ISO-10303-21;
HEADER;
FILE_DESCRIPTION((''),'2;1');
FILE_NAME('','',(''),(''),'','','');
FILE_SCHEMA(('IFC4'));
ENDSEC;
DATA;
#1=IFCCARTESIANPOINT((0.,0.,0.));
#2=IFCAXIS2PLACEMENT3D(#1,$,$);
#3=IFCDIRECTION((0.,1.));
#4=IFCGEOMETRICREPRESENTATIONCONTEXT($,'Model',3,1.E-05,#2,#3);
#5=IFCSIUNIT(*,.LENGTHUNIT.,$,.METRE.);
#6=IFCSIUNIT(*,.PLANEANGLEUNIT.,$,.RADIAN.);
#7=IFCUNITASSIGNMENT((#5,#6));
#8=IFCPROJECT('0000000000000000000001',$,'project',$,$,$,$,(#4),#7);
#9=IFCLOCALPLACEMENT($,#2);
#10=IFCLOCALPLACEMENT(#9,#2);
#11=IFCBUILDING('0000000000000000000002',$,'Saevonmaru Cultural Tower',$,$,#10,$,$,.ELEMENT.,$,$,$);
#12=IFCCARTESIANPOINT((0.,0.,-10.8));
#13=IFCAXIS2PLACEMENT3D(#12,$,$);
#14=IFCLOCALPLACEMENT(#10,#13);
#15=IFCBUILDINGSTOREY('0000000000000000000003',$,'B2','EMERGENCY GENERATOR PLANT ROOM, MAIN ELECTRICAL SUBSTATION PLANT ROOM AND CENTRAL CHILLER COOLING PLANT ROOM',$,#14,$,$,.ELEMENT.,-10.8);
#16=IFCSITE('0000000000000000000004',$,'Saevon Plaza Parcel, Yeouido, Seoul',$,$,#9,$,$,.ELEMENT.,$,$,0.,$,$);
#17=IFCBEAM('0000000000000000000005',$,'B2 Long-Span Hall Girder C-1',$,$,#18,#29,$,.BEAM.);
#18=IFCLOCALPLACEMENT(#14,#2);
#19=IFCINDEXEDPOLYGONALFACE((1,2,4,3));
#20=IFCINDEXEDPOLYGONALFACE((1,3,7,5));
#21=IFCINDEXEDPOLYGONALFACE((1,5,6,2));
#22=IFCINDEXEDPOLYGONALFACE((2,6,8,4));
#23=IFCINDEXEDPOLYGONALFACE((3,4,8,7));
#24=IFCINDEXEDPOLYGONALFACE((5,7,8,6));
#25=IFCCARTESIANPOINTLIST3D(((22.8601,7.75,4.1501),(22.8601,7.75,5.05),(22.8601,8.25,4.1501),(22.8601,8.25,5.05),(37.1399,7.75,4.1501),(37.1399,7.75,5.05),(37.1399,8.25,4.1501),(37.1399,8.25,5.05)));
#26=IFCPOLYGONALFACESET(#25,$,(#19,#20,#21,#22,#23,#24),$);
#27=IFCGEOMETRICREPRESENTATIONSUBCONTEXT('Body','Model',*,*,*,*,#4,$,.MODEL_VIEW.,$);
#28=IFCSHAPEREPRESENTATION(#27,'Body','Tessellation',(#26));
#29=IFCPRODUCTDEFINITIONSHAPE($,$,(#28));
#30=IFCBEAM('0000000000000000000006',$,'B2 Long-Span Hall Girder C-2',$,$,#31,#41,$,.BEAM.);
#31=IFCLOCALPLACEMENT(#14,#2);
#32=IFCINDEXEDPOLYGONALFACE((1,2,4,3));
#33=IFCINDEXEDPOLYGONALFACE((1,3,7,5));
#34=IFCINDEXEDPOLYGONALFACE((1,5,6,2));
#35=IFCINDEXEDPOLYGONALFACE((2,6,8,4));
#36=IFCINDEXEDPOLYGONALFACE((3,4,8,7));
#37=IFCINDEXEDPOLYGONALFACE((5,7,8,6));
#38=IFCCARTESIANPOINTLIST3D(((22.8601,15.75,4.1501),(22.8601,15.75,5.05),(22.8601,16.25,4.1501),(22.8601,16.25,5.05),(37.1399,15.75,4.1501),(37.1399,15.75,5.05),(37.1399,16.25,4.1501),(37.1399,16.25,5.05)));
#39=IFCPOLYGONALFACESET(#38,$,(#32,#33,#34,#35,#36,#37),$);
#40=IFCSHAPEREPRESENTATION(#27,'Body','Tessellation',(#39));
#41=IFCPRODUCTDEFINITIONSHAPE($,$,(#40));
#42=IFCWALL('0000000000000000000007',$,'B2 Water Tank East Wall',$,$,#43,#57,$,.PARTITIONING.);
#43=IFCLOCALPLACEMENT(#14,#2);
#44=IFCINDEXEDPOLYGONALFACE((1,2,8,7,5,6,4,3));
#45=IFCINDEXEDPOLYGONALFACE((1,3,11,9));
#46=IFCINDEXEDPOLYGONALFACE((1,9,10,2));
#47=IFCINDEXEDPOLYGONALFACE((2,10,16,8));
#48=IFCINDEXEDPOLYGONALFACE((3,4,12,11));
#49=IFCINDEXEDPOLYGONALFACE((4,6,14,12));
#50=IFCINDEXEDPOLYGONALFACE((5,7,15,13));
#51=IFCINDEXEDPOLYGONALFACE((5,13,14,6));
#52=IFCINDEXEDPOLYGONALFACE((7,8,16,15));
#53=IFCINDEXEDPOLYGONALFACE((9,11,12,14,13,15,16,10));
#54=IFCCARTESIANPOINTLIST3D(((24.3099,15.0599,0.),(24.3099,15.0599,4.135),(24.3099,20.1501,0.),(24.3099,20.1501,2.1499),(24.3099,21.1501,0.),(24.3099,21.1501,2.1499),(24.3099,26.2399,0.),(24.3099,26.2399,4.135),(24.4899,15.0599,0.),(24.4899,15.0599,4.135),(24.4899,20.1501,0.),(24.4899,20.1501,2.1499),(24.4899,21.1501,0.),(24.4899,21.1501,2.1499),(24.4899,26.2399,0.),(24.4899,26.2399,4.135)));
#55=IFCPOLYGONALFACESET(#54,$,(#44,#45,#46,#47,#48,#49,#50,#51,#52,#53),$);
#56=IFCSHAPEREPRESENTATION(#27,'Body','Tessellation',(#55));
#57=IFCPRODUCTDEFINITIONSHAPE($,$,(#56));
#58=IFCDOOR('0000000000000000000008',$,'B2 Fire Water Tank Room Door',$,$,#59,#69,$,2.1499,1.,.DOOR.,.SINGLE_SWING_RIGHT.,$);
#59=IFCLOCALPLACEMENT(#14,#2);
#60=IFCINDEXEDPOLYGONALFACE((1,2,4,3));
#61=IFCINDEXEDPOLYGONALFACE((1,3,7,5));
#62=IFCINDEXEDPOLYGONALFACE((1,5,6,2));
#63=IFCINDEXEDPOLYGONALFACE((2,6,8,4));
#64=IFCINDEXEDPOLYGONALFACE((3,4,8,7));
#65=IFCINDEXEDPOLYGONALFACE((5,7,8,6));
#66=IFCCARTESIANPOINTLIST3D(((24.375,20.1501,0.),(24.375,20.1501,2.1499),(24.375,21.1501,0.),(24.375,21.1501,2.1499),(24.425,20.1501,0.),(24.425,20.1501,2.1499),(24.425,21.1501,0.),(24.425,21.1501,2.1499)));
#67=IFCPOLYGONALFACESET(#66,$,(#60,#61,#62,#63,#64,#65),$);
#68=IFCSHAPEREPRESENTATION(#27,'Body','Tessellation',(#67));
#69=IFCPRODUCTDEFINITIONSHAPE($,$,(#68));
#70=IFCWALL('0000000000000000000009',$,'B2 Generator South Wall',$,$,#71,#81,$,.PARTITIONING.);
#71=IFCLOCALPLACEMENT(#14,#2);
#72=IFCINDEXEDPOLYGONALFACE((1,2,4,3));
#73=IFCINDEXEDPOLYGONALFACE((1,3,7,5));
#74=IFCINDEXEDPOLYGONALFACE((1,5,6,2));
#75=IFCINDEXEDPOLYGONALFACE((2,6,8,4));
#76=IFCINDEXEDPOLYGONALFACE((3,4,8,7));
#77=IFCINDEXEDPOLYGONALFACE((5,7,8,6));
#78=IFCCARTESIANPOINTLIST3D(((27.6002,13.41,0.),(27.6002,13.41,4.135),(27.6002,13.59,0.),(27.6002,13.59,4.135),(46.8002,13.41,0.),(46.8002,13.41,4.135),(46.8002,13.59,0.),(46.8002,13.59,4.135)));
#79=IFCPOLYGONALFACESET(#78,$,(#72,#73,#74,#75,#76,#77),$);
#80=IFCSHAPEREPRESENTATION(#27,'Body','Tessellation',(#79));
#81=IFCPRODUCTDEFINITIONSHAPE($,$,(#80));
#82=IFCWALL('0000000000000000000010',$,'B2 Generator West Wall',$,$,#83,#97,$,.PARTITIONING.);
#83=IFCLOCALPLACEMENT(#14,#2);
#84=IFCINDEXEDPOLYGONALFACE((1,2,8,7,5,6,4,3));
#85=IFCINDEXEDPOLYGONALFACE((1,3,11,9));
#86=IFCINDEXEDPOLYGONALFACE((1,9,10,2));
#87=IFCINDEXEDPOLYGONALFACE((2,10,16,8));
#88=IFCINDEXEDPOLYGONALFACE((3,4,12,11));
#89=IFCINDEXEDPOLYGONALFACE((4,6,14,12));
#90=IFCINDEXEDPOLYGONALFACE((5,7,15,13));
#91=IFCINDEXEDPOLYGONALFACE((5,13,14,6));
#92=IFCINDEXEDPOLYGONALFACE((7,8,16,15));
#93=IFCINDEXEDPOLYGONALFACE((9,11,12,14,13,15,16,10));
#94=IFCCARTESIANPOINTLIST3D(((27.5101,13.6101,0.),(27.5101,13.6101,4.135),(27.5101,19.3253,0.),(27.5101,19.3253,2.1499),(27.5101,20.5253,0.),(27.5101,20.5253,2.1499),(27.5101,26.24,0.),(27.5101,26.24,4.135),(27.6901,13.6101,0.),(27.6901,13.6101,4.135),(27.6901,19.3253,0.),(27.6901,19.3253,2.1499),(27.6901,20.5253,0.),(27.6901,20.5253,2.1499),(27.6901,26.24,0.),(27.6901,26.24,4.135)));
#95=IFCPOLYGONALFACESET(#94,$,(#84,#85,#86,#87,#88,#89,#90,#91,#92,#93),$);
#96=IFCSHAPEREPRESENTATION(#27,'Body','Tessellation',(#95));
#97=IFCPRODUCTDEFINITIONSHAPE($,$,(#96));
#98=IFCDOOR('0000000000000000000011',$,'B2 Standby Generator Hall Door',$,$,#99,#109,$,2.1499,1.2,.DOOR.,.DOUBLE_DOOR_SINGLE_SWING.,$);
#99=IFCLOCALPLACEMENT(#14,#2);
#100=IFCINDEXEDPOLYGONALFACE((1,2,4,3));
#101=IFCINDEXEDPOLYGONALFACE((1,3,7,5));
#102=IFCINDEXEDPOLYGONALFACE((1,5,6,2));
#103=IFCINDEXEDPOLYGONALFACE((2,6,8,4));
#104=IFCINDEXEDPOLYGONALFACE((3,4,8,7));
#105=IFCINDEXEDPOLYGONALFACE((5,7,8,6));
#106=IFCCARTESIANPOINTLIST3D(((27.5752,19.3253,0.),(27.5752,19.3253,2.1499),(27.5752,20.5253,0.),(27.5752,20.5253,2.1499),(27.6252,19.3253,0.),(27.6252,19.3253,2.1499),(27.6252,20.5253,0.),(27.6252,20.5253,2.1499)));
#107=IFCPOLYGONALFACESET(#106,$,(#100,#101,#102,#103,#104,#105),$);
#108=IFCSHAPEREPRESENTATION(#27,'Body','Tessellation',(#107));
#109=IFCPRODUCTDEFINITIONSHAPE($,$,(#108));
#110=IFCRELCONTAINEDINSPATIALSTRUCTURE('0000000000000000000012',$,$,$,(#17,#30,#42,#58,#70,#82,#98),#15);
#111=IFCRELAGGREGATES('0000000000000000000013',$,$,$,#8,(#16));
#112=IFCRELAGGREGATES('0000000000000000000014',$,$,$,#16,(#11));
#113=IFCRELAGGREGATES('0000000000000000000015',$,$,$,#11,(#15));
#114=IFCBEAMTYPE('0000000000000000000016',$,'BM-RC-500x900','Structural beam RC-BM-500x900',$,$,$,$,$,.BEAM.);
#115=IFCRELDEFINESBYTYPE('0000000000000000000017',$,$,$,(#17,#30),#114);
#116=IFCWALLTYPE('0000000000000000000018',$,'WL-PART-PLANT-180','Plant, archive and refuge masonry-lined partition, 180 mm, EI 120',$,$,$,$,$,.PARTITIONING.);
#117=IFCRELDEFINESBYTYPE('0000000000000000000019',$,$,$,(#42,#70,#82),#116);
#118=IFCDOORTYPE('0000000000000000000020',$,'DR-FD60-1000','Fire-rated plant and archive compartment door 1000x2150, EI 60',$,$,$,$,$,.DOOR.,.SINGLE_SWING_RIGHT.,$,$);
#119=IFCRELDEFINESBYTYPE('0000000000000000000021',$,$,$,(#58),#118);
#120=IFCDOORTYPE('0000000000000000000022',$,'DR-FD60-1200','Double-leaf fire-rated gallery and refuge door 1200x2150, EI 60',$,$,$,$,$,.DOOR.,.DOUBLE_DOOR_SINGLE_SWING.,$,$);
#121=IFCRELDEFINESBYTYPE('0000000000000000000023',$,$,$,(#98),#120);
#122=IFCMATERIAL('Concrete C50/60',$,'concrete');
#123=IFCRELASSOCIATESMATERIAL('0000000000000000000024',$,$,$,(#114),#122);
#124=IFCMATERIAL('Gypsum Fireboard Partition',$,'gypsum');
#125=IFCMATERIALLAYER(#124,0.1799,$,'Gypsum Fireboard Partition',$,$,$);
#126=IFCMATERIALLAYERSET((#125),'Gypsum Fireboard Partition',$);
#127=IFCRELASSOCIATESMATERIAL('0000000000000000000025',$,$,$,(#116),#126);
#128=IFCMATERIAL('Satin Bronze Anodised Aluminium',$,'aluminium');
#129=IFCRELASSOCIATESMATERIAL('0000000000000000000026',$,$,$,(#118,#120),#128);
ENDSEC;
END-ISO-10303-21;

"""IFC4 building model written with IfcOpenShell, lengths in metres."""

from ifc_helpers import new_model, si_unit, direction, frame, frame_2d, origin, origin_2d, place, context, subcontext, project, spatial, rectangle, extrude, material, layer, layer_set, material_profile, profile_set, type_object, element, fill, save


model = new_model("IFC4")

# Units and contexts
model_context = context("Model", 3, precision=1e-05, world=origin(), true_north=direction((0.0, 1.0)))
body_context = subcontext(model_context, "Body", "Model", "MODEL_VIEW")
ifc_project = project(units=[si_unit("LENGTHUNIT", "METRE"), si_unit("PLANEANGLEUNIT", "RADIAN")], contexts=[model_context])

# Site, building, storey
site_placement = place(None, origin())
site = spatial("IfcSite", under=ifc_project, at=site_placement, Name="Saevon Plaza Parcel, Yeouido, Seoul", CompositionType="ELEMENT", RefElevation=0.0)
building_placement = place(site_placement, origin())
building = spatial("IfcBuilding", under=site, at=building_placement, Name="Saevonmaru Cultural Tower", CompositionType="ELEMENT")
storey_placement = place(building_placement, frame((0.0, 0.0, -10.8)))
storey = spatial("IfcBuildingStorey", under=building, at=storey_placement, Name="B2", Description="EMERGENCY GENERATOR PLANT ROOM, MAIN ELECTRICAL SUBSTATION PLANT ROOM AND CENTRAL CHILLER COOLING PLANT ROOM", CompositionType="ELEMENT", Elevation=-10.8)

# Shared definitions
ifc_material_1 = material(Name="Concrete C50/60", Category="concrete")

# Beams
ifc_material_profile_1 = material_profile(ifc_material_1, rectangle(XDim=0.5, YDim=0.8999, at=origin_2d()), Name="RC-BM-500x900")
ifc_profile_set_1 = profile_set([ifc_material_profile_1], Name="Concrete C50/60")
beam_type_1 = type_object("IfcBeamType", Name="BM-RC-500x900", Description="Structural beam RC-BM-500x900", PredefinedType="BEAM", material=ifc_profile_set_1)
for number, where, z_axis, x_axis, name in (
    (1, (22.8601, 8.0, 4.6001), (1.0, 0.0, 0.0), (0.0, 1.0, 0.0), "B2 Long-Span Hall Girder C-1"),
    (2, (22.8601, 16.0, 4.6001), (1.0, 0.0, 0.0), (0.0, 1.0, 0.0), "B2 Long-Span Hall Girder C-2"),
):
    element("IfcBeam", number, at=place(storey_placement, frame(where, z_axis=z_axis, x_axis=x_axis)), inside=storey, type_object=beam_type_1, Name=name, PredefinedType="BEAM", context=body_context, shape_type="SweptSolid", body=[
        extrude(rectangle(XDim=0.5, YDim=0.8999, at=origin_2d()), origin(), (0.0, 0.0, 1.0), 14.2798),
    ])

# Wall, opening, door
ifc_material_2 = material(Name="Gypsum Fireboard Partition", Category="gypsum")
ifc_layer = layer(ifc_material_2, 0.1799, Name="Gypsum Fireboard Partition")
ifc_layer_set = layer_set([ifc_layer], Name="Gypsum Fireboard Partition")
wall_type = type_object("IfcWallType", Name="WL-PART-PLANT-180", Description="Plant, archive and refuge masonry-lined partition, 180 mm, EI 120", PredefinedType="PARTITIONING", material=ifc_layer_set)
wall_1_placement = place(storey_placement, frame((24.3999, 15.0601, 0.0), z_axis=(0.0, 0.0, 1.0), x_axis=(0.0, 1.0, 0.0)))
wall_1 = element("IfcWall", 3, at=wall_1_placement, inside=storey, type_object=wall_type, Name="B2 Water Tank East Wall", PredefinedType="PARTITIONING", context=body_context, shape_type="SweptSolid", body=[
    extrude(rectangle(XDim=11.1799, YDim=0.1799, at=frame_2d((5.5898, 0.0))), origin(), (0.0, 0.0, 1.0), 4.135),
])
opening_1_placement = place(wall_1_placement, frame((5.0901, 0.0, 0.0)))
opening_1 = element("IfcOpeningElement", 4, at=opening_1_placement, cuts=wall_1, PredefinedType="OPENING", context=body_context, shape_type="SweptSolid", body=[
    extrude(rectangle(XDim=1.0, YDim=2.1499, at=frame_2d((0.5, 1.075))), frame((0.0, 0.1001, 0.0), z_axis=(0.0, -1.0, 0.0), x_axis=(1.0, 0.0, 0.0)), (0.0, 0.0, 1.0), 0.2),
])
ifc_material_3 = material(Name="Satin Bronze Anodised Aluminium", Category="aluminium")
door_type_1 = type_object("IfcDoorType", Name="DR-FD60-1000", Description="Fire-rated plant and archive compartment door 1000x2150, EI 60", OperationType="SINGLE_SWING_RIGHT", PredefinedType="DOOR", material=ifc_material_3)
door_1_placement = place(opening_1_placement, origin())
door_1 = element("IfcDoor", 5, at=door_1_placement, inside=storey, type_object=door_type_1, Name="B2 Fire Water Tank Room Door", OperationType="SINGLE_SWING_RIGHT", OverallHeight=2.1499, OverallWidth=1.0, PredefinedType="DOOR", context=body_context, shape_type="SweptSolid", body=[
    extrude(rectangle(XDim=1.0, YDim=2.1499, at=frame_2d((0.5, 1.075))), frame((0.0, 0.0249, 0.0), z_axis=(0.0, -1.0, 0.0), x_axis=(1.0, 0.0, 0.0)), (0.0, 0.0, 1.0), 0.05),
])
fill(opening_1, door_1)

# Wall
wall_2_placement = place(storey_placement, frame((27.6001, 13.5, 0.0), z_axis=(0.0, 0.0, 1.0), x_axis=(1.0, 0.0, 0.0)))
element("IfcWall", 6, at=wall_2_placement, inside=storey, type_object=wall_type, Name="B2 Generator South Wall", PredefinedType="PARTITIONING", context=body_context, shape_type="SweptSolid", body=[
    extrude(rectangle(XDim=19.2, YDim=0.1799, at=frame_2d((9.6001, 0.0))), origin(), (0.0, 0.0, 1.0), 4.135),
])

# Wall, opening, door
wall_3_placement = place(storey_placement, frame((27.6001, 13.6101, 0.0), z_axis=(0.0, 0.0, 1.0), x_axis=(0.0, 1.0, 0.0)))
wall_3 = element("IfcWall", 7, at=wall_3_placement, inside=storey, type_object=wall_type, Name="B2 Generator West Wall", PredefinedType="PARTITIONING", context=body_context, shape_type="SweptSolid", body=[
    extrude(rectangle(XDim=12.6299, YDim=0.1799, at=frame_2d((6.3149, 0.0))), origin(), (0.0, 0.0, 1.0), 4.135),
])
opening_2_placement = place(wall_3_placement, frame((5.7151, 0.0, 0.0)))
opening_2 = element("IfcOpeningElement", 8, at=opening_2_placement, cuts=wall_3, PredefinedType="OPENING", context=body_context, shape_type="SweptSolid", body=[
    extrude(rectangle(XDim=1.2, YDim=2.1499, at=frame_2d((0.6001, 1.075))), frame((0.0, 0.1001, 0.0), z_axis=(0.0, -1.0, 0.0), x_axis=(1.0, 0.0, 0.0)), (0.0, 0.0, 1.0), 0.2),
])
door_type_2 = type_object("IfcDoorType", Name="DR-FD60-1200", Description="Double-leaf fire-rated gallery and refuge door 1200x2150, EI 60", OperationType="DOUBLE_DOOR_SINGLE_SWING", PredefinedType="DOOR", material=ifc_material_3)
door_2_placement = place(opening_2_placement, origin())
door_2 = element("IfcDoor", 9, at=door_2_placement, inside=storey, type_object=door_type_2, Name="B2 Standby Generator Hall Door", OperationType="DOUBLE_DOOR_SINGLE_SWING", OverallHeight=2.1499, OverallWidth=1.2, PredefinedType="DOOR", context=body_context, shape_type="SweptSolid", body=[
    extrude(rectangle(XDim=1.2, YDim=2.1499, at=frame_2d((0.6001, 1.075))), frame((0.0, 0.0249, 0.0), z_axis=(0.0, -1.0, 0.0), x_axis=(1.0, 0.0, 0.0)), (0.0, 0.0, 1.0), 0.05),
])
fill(opening_2, door_2)

save(model, "model.ifc")
